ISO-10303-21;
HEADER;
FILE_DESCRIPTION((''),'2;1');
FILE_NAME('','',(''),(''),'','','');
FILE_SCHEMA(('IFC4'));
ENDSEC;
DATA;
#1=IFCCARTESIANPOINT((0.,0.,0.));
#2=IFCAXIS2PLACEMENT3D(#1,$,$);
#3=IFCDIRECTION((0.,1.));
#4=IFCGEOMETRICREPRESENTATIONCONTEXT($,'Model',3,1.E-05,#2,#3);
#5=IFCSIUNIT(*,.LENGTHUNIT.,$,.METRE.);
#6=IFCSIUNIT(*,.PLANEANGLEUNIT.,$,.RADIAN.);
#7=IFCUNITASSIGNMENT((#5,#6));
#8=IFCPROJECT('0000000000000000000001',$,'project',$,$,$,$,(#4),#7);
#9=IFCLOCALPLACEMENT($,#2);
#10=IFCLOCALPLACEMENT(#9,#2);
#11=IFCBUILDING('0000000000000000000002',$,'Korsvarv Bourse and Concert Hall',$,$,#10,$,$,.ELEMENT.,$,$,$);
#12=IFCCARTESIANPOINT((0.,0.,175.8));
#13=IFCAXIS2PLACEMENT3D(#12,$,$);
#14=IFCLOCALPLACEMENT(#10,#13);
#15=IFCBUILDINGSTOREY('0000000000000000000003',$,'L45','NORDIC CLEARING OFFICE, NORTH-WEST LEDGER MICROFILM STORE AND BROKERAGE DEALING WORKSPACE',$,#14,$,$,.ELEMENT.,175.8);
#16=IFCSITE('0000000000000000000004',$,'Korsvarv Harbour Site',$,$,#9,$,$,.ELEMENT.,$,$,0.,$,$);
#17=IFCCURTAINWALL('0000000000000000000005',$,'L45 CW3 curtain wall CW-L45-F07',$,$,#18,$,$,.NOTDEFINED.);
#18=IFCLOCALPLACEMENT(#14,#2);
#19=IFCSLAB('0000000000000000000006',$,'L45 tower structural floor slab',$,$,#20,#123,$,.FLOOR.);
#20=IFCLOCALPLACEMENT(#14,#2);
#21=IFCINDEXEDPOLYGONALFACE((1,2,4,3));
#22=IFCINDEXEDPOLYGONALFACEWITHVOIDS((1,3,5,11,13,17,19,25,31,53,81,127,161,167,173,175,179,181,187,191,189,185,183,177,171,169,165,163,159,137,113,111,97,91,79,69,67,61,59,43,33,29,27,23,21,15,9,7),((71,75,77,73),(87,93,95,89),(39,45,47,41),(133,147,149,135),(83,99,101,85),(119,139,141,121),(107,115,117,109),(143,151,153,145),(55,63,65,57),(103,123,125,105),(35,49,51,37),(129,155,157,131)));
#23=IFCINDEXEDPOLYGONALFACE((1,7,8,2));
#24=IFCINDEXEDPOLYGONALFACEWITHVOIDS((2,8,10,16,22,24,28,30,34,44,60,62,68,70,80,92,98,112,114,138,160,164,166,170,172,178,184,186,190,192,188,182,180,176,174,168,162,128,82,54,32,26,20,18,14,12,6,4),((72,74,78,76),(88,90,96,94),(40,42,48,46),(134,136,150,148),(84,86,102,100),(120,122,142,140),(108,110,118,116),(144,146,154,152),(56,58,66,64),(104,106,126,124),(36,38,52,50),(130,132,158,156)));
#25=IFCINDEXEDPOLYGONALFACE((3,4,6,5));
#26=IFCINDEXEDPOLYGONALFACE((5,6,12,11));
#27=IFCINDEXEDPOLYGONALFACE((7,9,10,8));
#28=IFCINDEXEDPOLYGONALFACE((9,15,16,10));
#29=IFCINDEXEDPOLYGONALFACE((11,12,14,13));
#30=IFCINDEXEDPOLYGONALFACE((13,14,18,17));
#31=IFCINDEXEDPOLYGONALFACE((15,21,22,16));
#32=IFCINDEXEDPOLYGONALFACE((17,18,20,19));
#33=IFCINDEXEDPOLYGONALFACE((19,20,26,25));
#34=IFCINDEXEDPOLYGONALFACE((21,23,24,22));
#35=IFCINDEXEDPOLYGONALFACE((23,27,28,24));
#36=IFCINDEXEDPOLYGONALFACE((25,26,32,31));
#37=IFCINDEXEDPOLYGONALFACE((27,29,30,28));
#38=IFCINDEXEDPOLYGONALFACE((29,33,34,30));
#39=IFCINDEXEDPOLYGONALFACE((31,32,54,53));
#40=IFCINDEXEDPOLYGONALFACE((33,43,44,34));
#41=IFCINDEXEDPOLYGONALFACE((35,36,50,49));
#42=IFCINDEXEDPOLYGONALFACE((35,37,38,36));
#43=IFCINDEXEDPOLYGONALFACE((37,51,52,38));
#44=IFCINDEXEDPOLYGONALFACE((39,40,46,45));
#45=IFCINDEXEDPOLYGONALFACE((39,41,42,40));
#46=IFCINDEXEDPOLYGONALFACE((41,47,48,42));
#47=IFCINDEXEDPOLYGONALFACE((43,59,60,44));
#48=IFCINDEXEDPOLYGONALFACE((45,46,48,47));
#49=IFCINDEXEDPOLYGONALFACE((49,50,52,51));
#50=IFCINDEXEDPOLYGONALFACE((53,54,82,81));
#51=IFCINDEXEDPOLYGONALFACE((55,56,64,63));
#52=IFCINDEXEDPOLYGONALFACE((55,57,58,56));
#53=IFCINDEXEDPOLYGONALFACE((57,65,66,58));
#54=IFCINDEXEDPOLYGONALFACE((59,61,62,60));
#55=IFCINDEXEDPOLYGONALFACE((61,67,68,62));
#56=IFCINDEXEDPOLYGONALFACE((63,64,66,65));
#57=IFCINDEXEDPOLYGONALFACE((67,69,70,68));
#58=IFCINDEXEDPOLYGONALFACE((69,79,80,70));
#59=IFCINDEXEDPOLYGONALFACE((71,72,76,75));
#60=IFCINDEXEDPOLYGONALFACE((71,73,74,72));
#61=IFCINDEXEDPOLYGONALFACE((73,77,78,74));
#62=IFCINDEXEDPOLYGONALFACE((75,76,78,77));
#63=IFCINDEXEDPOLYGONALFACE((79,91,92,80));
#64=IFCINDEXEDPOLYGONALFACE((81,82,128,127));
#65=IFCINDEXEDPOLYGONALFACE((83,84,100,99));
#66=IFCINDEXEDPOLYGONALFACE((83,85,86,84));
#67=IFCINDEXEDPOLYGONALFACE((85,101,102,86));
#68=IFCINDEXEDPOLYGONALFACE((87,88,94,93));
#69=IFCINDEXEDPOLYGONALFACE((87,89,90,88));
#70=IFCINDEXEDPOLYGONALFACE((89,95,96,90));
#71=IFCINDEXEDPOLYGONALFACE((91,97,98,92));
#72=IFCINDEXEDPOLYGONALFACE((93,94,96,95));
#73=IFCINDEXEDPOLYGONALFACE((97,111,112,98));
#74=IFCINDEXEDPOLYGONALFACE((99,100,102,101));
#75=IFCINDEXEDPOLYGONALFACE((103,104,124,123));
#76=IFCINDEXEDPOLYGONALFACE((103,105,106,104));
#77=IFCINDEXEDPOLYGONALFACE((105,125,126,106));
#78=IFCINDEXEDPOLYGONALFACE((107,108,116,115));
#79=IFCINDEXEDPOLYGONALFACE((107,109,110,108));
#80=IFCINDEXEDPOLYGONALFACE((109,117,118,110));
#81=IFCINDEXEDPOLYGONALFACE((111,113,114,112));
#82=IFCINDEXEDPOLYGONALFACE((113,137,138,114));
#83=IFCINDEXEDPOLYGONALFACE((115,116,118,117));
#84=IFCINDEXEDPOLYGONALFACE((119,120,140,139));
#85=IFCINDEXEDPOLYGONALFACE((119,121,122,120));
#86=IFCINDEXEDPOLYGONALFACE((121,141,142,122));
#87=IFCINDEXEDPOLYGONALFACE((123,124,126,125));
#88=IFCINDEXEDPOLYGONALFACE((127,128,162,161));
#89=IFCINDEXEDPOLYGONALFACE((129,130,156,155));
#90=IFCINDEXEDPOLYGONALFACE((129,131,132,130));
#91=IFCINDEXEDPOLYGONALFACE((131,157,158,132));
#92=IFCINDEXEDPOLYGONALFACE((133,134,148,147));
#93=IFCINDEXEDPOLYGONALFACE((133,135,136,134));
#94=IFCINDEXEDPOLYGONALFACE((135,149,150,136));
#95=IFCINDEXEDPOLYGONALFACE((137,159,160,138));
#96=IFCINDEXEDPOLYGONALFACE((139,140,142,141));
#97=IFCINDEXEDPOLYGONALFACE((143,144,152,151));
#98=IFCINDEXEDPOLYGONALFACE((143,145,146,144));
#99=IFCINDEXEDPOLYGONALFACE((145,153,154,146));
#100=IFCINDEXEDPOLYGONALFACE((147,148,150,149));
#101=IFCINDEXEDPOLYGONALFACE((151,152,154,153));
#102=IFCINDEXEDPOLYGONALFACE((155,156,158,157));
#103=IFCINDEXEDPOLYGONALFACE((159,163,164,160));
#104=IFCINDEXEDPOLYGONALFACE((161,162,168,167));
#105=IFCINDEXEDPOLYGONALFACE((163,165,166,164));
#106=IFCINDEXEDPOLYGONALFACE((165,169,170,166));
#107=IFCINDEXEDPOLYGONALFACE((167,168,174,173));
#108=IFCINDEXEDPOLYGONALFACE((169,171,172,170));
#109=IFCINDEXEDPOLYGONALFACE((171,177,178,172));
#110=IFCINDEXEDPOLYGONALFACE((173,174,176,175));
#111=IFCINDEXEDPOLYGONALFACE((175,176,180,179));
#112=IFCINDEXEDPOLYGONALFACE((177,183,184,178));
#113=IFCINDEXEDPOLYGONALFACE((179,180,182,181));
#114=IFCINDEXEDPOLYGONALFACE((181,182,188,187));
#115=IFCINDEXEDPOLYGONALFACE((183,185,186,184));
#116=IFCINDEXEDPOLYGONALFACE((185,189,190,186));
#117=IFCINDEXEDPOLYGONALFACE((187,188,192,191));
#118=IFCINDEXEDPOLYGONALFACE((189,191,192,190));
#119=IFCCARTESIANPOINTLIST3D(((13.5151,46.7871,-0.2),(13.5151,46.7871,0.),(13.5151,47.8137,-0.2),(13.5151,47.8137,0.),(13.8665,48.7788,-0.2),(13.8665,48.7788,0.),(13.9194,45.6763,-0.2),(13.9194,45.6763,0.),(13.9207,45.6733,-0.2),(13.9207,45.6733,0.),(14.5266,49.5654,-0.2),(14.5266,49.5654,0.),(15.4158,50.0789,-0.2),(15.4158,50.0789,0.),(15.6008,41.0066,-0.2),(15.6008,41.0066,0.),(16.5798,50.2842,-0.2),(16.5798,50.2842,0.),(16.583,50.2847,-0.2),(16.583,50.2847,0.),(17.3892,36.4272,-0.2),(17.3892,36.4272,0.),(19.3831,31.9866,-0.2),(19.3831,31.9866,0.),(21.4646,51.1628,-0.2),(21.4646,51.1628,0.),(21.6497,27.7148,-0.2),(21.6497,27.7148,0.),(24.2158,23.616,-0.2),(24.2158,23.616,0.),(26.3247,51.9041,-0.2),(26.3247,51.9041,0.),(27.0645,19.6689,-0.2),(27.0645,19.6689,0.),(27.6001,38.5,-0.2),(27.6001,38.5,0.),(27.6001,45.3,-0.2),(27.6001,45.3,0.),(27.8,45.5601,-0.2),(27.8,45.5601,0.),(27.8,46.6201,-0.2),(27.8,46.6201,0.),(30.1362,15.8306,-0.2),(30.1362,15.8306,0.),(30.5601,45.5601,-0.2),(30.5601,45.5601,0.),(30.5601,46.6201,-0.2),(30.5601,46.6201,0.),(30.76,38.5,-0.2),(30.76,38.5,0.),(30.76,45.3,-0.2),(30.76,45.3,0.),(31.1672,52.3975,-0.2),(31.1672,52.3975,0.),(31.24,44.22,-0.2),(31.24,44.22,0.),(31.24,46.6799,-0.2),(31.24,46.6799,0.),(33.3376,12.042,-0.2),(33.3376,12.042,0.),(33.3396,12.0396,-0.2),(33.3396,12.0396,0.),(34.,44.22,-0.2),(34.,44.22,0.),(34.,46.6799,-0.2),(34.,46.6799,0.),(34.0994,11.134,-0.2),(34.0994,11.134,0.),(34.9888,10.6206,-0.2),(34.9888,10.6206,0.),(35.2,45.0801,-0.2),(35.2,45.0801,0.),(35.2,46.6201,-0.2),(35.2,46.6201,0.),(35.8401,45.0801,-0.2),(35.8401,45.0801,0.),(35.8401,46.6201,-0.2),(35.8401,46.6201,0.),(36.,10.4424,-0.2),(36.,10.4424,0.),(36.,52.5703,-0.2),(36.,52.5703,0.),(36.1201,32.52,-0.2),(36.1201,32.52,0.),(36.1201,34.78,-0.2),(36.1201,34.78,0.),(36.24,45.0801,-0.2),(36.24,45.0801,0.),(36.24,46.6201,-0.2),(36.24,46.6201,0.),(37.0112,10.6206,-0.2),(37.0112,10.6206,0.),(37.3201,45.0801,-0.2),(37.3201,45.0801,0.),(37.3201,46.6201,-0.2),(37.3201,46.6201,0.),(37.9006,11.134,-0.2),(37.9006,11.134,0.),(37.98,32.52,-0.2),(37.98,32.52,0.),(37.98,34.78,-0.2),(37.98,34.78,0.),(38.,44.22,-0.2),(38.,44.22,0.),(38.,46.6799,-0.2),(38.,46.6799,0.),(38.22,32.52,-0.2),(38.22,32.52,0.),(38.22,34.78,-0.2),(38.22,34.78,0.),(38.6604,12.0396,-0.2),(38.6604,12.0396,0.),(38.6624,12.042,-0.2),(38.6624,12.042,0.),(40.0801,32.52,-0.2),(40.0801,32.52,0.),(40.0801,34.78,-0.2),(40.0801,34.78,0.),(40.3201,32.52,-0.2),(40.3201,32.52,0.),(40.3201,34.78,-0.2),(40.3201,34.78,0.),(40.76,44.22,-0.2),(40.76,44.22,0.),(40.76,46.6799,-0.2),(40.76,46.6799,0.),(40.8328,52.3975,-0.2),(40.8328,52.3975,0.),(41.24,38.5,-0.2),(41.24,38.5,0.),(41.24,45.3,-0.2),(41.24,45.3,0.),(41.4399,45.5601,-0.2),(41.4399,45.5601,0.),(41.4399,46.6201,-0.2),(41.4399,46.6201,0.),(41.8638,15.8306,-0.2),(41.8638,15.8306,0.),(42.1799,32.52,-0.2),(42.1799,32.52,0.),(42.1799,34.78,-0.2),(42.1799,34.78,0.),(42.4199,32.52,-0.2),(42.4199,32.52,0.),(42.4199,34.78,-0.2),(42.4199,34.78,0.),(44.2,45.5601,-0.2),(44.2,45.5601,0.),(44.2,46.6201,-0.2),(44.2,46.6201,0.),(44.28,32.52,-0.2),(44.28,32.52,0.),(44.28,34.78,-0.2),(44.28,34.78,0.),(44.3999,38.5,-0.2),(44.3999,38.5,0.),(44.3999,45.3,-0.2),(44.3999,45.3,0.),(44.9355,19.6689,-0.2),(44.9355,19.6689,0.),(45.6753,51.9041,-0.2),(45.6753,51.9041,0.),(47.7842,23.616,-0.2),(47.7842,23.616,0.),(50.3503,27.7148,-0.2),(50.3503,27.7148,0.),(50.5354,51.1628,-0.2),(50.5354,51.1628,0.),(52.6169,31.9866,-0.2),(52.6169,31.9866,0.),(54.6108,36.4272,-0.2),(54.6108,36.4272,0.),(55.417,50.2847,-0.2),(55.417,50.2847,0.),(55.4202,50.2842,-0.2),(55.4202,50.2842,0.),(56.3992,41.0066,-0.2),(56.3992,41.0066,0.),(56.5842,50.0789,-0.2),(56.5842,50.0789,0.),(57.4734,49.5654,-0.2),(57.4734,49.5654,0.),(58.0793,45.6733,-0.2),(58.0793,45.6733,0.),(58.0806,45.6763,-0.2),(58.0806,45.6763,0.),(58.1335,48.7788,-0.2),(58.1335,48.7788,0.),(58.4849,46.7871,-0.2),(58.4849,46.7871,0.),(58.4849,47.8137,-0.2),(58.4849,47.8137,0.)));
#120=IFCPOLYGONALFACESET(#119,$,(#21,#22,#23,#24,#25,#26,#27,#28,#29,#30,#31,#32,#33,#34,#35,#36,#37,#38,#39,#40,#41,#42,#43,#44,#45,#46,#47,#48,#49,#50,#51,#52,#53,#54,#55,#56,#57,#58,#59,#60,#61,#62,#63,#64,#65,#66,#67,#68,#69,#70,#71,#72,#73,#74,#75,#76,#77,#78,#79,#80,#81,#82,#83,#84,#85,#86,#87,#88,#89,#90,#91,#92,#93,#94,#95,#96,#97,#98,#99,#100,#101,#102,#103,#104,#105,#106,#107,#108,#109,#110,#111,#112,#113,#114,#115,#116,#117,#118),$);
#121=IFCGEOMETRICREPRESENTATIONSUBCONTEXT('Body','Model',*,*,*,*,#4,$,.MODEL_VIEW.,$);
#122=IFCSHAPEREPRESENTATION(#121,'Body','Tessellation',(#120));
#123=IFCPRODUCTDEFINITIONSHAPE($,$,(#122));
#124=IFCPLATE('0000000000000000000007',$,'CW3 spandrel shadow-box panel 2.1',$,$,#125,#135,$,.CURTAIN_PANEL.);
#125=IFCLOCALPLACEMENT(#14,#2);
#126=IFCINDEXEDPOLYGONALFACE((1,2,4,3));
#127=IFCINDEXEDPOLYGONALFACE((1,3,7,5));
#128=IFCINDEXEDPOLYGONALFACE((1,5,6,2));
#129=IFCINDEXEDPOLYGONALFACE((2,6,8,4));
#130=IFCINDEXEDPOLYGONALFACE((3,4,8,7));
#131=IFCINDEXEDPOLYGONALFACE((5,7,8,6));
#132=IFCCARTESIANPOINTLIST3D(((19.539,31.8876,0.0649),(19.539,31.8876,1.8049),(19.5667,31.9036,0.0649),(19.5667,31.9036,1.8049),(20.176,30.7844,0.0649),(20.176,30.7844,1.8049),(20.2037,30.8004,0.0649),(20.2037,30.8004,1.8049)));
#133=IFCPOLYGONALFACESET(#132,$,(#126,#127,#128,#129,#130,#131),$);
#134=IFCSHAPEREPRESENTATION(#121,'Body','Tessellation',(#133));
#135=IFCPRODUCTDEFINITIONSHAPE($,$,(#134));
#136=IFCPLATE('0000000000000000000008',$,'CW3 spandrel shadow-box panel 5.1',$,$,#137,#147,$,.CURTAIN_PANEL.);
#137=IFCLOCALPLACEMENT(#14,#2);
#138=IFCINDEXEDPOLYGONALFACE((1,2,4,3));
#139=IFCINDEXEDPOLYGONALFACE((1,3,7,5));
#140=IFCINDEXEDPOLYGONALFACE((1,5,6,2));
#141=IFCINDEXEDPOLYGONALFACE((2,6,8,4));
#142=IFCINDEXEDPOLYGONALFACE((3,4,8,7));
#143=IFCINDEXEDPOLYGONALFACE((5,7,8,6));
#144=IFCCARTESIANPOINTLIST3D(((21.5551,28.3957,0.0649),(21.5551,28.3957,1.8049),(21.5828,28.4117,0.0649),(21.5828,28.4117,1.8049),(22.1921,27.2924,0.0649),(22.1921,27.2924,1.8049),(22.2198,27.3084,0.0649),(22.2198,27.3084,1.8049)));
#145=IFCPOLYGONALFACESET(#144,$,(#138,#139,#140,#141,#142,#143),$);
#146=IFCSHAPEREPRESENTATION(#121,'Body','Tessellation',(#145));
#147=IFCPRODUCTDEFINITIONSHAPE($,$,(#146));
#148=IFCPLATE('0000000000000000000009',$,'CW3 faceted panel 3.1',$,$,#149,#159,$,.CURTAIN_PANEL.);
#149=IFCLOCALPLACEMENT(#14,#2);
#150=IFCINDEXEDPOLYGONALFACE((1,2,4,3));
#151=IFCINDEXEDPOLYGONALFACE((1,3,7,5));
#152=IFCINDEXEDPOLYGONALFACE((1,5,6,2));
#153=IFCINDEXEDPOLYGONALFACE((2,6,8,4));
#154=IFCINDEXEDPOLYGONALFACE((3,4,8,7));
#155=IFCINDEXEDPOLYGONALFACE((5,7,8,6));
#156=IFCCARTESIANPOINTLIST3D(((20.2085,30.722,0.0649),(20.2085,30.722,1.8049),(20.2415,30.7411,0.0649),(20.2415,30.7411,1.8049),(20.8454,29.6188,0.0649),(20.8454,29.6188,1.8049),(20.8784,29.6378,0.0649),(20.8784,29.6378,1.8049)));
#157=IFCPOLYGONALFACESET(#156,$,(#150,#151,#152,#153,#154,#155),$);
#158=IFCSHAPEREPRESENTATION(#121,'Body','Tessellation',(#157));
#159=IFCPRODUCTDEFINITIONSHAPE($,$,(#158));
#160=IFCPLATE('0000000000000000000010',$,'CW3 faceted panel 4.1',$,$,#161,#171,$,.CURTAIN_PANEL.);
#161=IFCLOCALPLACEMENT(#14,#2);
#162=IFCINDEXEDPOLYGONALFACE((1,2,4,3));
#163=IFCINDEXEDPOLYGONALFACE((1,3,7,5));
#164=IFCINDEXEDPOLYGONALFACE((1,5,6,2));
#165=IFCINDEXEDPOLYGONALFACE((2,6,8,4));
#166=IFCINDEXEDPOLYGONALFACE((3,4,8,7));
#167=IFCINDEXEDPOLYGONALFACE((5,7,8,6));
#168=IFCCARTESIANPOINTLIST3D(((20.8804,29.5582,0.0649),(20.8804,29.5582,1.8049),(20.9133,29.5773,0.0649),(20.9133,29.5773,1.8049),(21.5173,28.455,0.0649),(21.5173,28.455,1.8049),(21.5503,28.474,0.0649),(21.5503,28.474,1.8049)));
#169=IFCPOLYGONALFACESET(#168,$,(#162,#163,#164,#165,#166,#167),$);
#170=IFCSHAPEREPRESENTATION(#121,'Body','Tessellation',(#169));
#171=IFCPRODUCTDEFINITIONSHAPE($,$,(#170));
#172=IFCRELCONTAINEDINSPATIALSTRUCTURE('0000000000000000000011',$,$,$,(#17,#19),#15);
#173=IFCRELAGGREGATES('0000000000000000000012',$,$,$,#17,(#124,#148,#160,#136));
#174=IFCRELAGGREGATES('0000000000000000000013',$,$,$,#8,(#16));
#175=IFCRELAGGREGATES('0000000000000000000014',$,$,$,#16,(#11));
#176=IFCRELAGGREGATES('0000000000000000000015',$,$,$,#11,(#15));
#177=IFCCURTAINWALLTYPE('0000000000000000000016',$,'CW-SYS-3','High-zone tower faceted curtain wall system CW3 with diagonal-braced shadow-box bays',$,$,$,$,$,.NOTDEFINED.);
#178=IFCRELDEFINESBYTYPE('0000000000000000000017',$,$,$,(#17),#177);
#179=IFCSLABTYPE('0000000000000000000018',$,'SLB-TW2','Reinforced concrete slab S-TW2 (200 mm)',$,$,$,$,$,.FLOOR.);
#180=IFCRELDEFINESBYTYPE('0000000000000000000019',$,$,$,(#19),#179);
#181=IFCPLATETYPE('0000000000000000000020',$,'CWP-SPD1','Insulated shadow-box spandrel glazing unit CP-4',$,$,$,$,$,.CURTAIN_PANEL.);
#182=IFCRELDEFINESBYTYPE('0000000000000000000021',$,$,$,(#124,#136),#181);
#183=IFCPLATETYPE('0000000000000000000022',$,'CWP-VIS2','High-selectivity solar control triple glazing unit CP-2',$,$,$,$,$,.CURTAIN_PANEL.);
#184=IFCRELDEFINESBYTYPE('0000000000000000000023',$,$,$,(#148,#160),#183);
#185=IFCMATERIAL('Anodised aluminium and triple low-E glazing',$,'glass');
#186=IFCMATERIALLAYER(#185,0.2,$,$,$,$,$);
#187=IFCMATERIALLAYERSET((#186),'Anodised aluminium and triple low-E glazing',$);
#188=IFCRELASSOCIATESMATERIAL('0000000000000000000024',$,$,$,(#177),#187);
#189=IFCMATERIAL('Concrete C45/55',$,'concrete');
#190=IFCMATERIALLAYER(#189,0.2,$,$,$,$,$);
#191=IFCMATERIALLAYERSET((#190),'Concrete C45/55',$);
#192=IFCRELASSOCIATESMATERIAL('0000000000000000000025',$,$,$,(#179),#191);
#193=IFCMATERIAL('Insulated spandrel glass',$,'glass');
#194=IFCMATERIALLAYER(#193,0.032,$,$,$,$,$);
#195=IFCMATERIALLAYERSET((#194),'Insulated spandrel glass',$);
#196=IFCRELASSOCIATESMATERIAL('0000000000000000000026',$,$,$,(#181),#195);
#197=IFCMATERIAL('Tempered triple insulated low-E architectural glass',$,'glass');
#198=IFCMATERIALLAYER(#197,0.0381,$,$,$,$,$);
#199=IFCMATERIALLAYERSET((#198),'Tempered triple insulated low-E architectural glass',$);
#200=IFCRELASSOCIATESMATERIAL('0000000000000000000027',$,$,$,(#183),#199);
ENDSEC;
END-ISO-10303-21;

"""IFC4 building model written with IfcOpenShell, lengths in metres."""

from ifc_helpers import new_model, si_unit, direction, frame, origin, origin_2d, place, context, subcontext, project, spatial, polyline, rectangle, outline, extrude, source, transform, mapped, material, layer, layer_set, type_object, element, aggregate, save


model = new_model("IFC4")

# Units and contexts
model_context = context("Model", 3, precision=1e-05, world=origin(), true_north=direction((0.0, 1.0)))
body_context = subcontext(model_context, "Body", "Model", "MODEL_VIEW")
ifc_project = project(units=[si_unit("LENGTHUNIT", "METRE"), si_unit("PLANEANGLEUNIT", "RADIAN")], contexts=[model_context])

# Site, building, storey
site_placement = place(None, origin())
site = spatial("IfcSite", under=ifc_project, at=site_placement, Name="Korsvarv Harbour Site", CompositionType="ELEMENT", RefElevation=0.0)
building_placement = place(site_placement, origin())
building = spatial("IfcBuilding", under=site, at=building_placement, Name="Korsvarv Bourse and Concert Hall", CompositionType="ELEMENT")
storey_placement = place(building_placement, frame((0.0, 0.0, 175.8)))
storey = spatial("IfcBuildingStorey", under=building, at=storey_placement, Name="L45", Description="NORDIC CLEARING OFFICE, NORTH-WEST LEDGER MICROFILM STORE AND BROKERAGE DEALING WORKSPACE", CompositionType="ELEMENT", Elevation=175.8)

# Curtain wall
ifc_material_1 = material(Name="Anodised aluminium and triple low-E glazing", Category="glass")
ifc_layer_1 = layer(ifc_material_1, 0.2)
ifc_layer_set_1 = layer_set([ifc_layer_1], Name="Anodised aluminium and triple low-E glazing")
curtain_wall_type = type_object("IfcCurtainWallType", Name="CW-SYS-3", Description="High-zone tower faceted curtain wall system CW3 with diagonal-braced shadow-box bays", PredefinedType="NOTDEFINED", material=ifc_layer_set_1)
curtain_wall_placement = place(storey_placement, origin())
curtain_wall = element("IfcCurtainWall", 1, at=curtain_wall_placement, inside=storey, type_object=curtain_wall_type, Name="L45 CW3 curtain wall CW-L45-F07", PredefinedType="NOTDEFINED")

# Slab
ifc_material_2 = material(Name="Concrete C45/55", Category="concrete")
ifc_layer_2 = layer(ifc_material_2, 0.2)
ifc_layer_set_2 = layer_set([ifc_layer_2], Name="Concrete C45/55")
slab_type_1 = type_object("IfcSlabType", Name="SLB-TW2", Description="Reinforced concrete slab S-TW2 (200 mm)", PredefinedType="FLOOR", material=ifc_layer_set_2)
slab_1_placement = place(storey_placement, frame((0.0, 0.0, -0.2)))
element("IfcSlab", 2, at=slab_1_placement, inside=storey, type_object=slab_type_1, Name="L45 tower structural floor slab", PredefinedType="FLOOR", context=body_context, shape_type="SweptSolid", body=[
    extrude(outline(polyline([(58.0793, 45.6733), (56.3992, 41.0066), (54.6108, 36.4272), (52.6169, 31.9866), (50.3503, 27.7148), (47.7842, 23.616), (44.9355, 19.6689), (41.8638, 15.8306), (38.6624, 12.042), (38.6604, 12.0396), (37.9006, 11.134), (37.0112, 10.6206), (36.0, 10.4424), (34.9888, 10.6206), (34.0994, 11.134), (33.3396, 12.0396), (33.3376, 12.042), (30.1362, 15.8306), (27.0645, 19.6689), (24.2158, 23.616), (21.6497, 27.7148), (19.3831, 31.9866), (17.3892, 36.4272), (15.6008, 41.0066), (13.9207, 45.6733), (13.9194, 45.6763), (13.5151, 46.7871), (13.5151, 47.8137), (13.8665, 48.7788), (14.5266, 49.5654), (15.4158, 50.0789), (16.5798, 50.2842), (16.583, 50.2847), (21.4646, 51.1628), (26.3247, 51.9041), (31.1672, 52.3975), (36.0, 52.5703), (40.8328, 52.3975), (45.6753, 51.9041), (50.5354, 51.1628), (55.417, 50.2847), (55.4202, 50.2842), (56.5842, 50.0789), (57.4734, 49.5654), (58.1335, 48.7788), (58.4849, 47.8137), (58.4849, 46.7871), (58.0806, 45.6763), (58.0793, 45.6733)]), holes=[polyline([(30.76, 38.5), (30.76, 45.3), (27.6001, 45.3), (27.6001, 38.5), (30.76, 38.5)]), polyline([(44.3999, 38.5), (44.3999, 45.3), (41.24, 45.3), (41.24, 38.5), (44.3999, 38.5)]), polyline([(31.24, 44.22), (34.0, 44.22), (34.0, 46.6799), (31.24, 46.6799), (31.24, 44.22)]), polyline([(38.0, 44.22), (40.76, 44.22), (40.76, 46.6799), (38.0, 46.6799), (38.0, 44.22)]), polyline([(36.1201, 32.52), (37.98, 32.52), (37.98, 34.78), (36.1201, 34.78), (36.1201, 32.52)]), polyline([(38.22, 32.52), (40.0801, 32.52), (40.0801, 34.78), (38.22, 34.78), (38.22, 32.52)]), polyline([(40.3201, 32.52), (42.1799, 32.52), (42.1799, 34.78), (40.3201, 34.78), (40.3201, 32.52)]), polyline([(42.4199, 32.52), (44.28, 32.52), (44.28, 34.78), (42.4199, 34.78), (42.4199, 32.52)]), polyline([(27.8, 45.5601), (30.5601, 45.5601), (30.5601, 46.6201), (27.8, 46.6201), (27.8, 45.5601)]), polyline([(41.4399, 45.5601), (44.2, 45.5601), (44.2, 46.6201), (41.4399, 46.6201), (41.4399, 45.5601)]), polyline([(35.2, 45.0801), (35.8401, 45.0801), (35.8401, 46.6201), (35.2, 46.6201), (35.2, 45.0801)]), polyline([(36.24, 45.0801), (37.3201, 45.0801), (37.3201, 46.6201), (36.24, 46.6201), (36.24, 45.0801)])]), origin(), (0.0, 0.0, 1.0), 0.2),
])

# Plates
ifc_material_3 = material(Name="Insulated spandrel glass", Category="glass")
ifc_layer_3 = layer(ifc_material_3, 0.032)
ifc_layer_set_3 = layer_set([ifc_layer_3], Name="Insulated spandrel glass")
plate_type_1 = type_object("IfcPlateType", Name="CWP-SPD1", Description="Insulated shadow-box spandrel glazing unit CP-4", PredefinedType="CURTAIN_PANEL", material=ifc_layer_set_3)
shared_shape_1 = source(origin(), body_context, "Body", "SweptSolid", [
    extrude(rectangle(XDim=1.2739, YDim=0.032, at=origin_2d()), origin(), (0.0, 0.0, 1.0), 1.74),
])
plate_1_placement = place(storey_placement, frame((19.8713, 31.344, 0.0649), z_axis=(0.0, 0.0, 1.0), x_axis=(0.499994, -0.866029, 0.0)))
plate_1 = element("IfcPlate", 3, at=plate_1_placement, type_object=plate_type_1, Name="CW3 spandrel shadow-box panel 2.1", PredefinedType="CURTAIN_PANEL", context=body_context, shape_type="MappedRepresentation", body=[
    mapped(shared_shape_1, transform((0.0, 0.0, 0.0), scale=1.0)),
])
plate_2_placement = place(storey_placement, frame((21.8875, 27.8521, 0.0649), z_axis=(0.0, 0.0, 1.0), x_axis=(0.499994, -0.866029, 0.0)))
plate_2 = element("IfcPlate", 4, at=plate_2_placement, type_object=plate_type_1, Name="CW3 spandrel shadow-box panel 5.1", PredefinedType="CURTAIN_PANEL", context=body_context, shape_type="MappedRepresentation", body=[
    mapped(shared_shape_1, transform((0.0, 0.0, 0.0), scale=1.0)),
])
ifc_material_4 = material(Name="Tempered triple insulated low-E architectural glass", Category="glass")
ifc_layer_4 = layer(ifc_material_4, 0.0381)
ifc_layer_set_4 = layer_set([ifc_layer_4], Name="Tempered triple insulated low-E architectural glass")
plate_type_2 = type_object("IfcPlateType", Name="CWP-VIS2", Description="High-selectivity solar control triple glazing unit CP-2", PredefinedType="CURTAIN_PANEL", material=ifc_layer_set_4)
shared_shape_2 = source(origin(), body_context, "Body", "SweptSolid", [
    extrude(rectangle(XDim=1.2739, YDim=0.0381, at=origin_2d()), origin(), (0.0, 0.0, 1.0), 1.74),
])
plate_3_placement = place(storey_placement, frame((20.5435, 30.1799, 0.0649), z_axis=(0.0, 0.0, 1.0), x_axis=(0.499994, -0.866029, 0.0)))
plate_3 = element("IfcPlate", 5, at=plate_3_placement, type_object=plate_type_2, Name="CW3 faceted panel 3.1", PredefinedType="CURTAIN_PANEL", context=body_context, shape_type="MappedRepresentation", body=[
    mapped(shared_shape_2, transform((0.0, 0.0, 0.0), scale=1.0)),
])
plate_4_placement = place(storey_placement, frame((21.2153, 29.0161, 0.0649), z_axis=(0.0, 0.0, 1.0), x_axis=(0.499994, -0.866029, 0.0)))
plate_4 = element("IfcPlate", 6, at=plate_4_placement, type_object=plate_type_2, Name="CW3 faceted panel 4.1", PredefinedType="CURTAIN_PANEL", context=body_context, shape_type="MappedRepresentation", body=[
    mapped(shared_shape_2, transform((0.0, 0.0, 0.0), scale=1.0)),
])
aggregate(curtain_wall, [plate_1, plate_3, plate_4, plate_2])

save(model, "model.ifc")
